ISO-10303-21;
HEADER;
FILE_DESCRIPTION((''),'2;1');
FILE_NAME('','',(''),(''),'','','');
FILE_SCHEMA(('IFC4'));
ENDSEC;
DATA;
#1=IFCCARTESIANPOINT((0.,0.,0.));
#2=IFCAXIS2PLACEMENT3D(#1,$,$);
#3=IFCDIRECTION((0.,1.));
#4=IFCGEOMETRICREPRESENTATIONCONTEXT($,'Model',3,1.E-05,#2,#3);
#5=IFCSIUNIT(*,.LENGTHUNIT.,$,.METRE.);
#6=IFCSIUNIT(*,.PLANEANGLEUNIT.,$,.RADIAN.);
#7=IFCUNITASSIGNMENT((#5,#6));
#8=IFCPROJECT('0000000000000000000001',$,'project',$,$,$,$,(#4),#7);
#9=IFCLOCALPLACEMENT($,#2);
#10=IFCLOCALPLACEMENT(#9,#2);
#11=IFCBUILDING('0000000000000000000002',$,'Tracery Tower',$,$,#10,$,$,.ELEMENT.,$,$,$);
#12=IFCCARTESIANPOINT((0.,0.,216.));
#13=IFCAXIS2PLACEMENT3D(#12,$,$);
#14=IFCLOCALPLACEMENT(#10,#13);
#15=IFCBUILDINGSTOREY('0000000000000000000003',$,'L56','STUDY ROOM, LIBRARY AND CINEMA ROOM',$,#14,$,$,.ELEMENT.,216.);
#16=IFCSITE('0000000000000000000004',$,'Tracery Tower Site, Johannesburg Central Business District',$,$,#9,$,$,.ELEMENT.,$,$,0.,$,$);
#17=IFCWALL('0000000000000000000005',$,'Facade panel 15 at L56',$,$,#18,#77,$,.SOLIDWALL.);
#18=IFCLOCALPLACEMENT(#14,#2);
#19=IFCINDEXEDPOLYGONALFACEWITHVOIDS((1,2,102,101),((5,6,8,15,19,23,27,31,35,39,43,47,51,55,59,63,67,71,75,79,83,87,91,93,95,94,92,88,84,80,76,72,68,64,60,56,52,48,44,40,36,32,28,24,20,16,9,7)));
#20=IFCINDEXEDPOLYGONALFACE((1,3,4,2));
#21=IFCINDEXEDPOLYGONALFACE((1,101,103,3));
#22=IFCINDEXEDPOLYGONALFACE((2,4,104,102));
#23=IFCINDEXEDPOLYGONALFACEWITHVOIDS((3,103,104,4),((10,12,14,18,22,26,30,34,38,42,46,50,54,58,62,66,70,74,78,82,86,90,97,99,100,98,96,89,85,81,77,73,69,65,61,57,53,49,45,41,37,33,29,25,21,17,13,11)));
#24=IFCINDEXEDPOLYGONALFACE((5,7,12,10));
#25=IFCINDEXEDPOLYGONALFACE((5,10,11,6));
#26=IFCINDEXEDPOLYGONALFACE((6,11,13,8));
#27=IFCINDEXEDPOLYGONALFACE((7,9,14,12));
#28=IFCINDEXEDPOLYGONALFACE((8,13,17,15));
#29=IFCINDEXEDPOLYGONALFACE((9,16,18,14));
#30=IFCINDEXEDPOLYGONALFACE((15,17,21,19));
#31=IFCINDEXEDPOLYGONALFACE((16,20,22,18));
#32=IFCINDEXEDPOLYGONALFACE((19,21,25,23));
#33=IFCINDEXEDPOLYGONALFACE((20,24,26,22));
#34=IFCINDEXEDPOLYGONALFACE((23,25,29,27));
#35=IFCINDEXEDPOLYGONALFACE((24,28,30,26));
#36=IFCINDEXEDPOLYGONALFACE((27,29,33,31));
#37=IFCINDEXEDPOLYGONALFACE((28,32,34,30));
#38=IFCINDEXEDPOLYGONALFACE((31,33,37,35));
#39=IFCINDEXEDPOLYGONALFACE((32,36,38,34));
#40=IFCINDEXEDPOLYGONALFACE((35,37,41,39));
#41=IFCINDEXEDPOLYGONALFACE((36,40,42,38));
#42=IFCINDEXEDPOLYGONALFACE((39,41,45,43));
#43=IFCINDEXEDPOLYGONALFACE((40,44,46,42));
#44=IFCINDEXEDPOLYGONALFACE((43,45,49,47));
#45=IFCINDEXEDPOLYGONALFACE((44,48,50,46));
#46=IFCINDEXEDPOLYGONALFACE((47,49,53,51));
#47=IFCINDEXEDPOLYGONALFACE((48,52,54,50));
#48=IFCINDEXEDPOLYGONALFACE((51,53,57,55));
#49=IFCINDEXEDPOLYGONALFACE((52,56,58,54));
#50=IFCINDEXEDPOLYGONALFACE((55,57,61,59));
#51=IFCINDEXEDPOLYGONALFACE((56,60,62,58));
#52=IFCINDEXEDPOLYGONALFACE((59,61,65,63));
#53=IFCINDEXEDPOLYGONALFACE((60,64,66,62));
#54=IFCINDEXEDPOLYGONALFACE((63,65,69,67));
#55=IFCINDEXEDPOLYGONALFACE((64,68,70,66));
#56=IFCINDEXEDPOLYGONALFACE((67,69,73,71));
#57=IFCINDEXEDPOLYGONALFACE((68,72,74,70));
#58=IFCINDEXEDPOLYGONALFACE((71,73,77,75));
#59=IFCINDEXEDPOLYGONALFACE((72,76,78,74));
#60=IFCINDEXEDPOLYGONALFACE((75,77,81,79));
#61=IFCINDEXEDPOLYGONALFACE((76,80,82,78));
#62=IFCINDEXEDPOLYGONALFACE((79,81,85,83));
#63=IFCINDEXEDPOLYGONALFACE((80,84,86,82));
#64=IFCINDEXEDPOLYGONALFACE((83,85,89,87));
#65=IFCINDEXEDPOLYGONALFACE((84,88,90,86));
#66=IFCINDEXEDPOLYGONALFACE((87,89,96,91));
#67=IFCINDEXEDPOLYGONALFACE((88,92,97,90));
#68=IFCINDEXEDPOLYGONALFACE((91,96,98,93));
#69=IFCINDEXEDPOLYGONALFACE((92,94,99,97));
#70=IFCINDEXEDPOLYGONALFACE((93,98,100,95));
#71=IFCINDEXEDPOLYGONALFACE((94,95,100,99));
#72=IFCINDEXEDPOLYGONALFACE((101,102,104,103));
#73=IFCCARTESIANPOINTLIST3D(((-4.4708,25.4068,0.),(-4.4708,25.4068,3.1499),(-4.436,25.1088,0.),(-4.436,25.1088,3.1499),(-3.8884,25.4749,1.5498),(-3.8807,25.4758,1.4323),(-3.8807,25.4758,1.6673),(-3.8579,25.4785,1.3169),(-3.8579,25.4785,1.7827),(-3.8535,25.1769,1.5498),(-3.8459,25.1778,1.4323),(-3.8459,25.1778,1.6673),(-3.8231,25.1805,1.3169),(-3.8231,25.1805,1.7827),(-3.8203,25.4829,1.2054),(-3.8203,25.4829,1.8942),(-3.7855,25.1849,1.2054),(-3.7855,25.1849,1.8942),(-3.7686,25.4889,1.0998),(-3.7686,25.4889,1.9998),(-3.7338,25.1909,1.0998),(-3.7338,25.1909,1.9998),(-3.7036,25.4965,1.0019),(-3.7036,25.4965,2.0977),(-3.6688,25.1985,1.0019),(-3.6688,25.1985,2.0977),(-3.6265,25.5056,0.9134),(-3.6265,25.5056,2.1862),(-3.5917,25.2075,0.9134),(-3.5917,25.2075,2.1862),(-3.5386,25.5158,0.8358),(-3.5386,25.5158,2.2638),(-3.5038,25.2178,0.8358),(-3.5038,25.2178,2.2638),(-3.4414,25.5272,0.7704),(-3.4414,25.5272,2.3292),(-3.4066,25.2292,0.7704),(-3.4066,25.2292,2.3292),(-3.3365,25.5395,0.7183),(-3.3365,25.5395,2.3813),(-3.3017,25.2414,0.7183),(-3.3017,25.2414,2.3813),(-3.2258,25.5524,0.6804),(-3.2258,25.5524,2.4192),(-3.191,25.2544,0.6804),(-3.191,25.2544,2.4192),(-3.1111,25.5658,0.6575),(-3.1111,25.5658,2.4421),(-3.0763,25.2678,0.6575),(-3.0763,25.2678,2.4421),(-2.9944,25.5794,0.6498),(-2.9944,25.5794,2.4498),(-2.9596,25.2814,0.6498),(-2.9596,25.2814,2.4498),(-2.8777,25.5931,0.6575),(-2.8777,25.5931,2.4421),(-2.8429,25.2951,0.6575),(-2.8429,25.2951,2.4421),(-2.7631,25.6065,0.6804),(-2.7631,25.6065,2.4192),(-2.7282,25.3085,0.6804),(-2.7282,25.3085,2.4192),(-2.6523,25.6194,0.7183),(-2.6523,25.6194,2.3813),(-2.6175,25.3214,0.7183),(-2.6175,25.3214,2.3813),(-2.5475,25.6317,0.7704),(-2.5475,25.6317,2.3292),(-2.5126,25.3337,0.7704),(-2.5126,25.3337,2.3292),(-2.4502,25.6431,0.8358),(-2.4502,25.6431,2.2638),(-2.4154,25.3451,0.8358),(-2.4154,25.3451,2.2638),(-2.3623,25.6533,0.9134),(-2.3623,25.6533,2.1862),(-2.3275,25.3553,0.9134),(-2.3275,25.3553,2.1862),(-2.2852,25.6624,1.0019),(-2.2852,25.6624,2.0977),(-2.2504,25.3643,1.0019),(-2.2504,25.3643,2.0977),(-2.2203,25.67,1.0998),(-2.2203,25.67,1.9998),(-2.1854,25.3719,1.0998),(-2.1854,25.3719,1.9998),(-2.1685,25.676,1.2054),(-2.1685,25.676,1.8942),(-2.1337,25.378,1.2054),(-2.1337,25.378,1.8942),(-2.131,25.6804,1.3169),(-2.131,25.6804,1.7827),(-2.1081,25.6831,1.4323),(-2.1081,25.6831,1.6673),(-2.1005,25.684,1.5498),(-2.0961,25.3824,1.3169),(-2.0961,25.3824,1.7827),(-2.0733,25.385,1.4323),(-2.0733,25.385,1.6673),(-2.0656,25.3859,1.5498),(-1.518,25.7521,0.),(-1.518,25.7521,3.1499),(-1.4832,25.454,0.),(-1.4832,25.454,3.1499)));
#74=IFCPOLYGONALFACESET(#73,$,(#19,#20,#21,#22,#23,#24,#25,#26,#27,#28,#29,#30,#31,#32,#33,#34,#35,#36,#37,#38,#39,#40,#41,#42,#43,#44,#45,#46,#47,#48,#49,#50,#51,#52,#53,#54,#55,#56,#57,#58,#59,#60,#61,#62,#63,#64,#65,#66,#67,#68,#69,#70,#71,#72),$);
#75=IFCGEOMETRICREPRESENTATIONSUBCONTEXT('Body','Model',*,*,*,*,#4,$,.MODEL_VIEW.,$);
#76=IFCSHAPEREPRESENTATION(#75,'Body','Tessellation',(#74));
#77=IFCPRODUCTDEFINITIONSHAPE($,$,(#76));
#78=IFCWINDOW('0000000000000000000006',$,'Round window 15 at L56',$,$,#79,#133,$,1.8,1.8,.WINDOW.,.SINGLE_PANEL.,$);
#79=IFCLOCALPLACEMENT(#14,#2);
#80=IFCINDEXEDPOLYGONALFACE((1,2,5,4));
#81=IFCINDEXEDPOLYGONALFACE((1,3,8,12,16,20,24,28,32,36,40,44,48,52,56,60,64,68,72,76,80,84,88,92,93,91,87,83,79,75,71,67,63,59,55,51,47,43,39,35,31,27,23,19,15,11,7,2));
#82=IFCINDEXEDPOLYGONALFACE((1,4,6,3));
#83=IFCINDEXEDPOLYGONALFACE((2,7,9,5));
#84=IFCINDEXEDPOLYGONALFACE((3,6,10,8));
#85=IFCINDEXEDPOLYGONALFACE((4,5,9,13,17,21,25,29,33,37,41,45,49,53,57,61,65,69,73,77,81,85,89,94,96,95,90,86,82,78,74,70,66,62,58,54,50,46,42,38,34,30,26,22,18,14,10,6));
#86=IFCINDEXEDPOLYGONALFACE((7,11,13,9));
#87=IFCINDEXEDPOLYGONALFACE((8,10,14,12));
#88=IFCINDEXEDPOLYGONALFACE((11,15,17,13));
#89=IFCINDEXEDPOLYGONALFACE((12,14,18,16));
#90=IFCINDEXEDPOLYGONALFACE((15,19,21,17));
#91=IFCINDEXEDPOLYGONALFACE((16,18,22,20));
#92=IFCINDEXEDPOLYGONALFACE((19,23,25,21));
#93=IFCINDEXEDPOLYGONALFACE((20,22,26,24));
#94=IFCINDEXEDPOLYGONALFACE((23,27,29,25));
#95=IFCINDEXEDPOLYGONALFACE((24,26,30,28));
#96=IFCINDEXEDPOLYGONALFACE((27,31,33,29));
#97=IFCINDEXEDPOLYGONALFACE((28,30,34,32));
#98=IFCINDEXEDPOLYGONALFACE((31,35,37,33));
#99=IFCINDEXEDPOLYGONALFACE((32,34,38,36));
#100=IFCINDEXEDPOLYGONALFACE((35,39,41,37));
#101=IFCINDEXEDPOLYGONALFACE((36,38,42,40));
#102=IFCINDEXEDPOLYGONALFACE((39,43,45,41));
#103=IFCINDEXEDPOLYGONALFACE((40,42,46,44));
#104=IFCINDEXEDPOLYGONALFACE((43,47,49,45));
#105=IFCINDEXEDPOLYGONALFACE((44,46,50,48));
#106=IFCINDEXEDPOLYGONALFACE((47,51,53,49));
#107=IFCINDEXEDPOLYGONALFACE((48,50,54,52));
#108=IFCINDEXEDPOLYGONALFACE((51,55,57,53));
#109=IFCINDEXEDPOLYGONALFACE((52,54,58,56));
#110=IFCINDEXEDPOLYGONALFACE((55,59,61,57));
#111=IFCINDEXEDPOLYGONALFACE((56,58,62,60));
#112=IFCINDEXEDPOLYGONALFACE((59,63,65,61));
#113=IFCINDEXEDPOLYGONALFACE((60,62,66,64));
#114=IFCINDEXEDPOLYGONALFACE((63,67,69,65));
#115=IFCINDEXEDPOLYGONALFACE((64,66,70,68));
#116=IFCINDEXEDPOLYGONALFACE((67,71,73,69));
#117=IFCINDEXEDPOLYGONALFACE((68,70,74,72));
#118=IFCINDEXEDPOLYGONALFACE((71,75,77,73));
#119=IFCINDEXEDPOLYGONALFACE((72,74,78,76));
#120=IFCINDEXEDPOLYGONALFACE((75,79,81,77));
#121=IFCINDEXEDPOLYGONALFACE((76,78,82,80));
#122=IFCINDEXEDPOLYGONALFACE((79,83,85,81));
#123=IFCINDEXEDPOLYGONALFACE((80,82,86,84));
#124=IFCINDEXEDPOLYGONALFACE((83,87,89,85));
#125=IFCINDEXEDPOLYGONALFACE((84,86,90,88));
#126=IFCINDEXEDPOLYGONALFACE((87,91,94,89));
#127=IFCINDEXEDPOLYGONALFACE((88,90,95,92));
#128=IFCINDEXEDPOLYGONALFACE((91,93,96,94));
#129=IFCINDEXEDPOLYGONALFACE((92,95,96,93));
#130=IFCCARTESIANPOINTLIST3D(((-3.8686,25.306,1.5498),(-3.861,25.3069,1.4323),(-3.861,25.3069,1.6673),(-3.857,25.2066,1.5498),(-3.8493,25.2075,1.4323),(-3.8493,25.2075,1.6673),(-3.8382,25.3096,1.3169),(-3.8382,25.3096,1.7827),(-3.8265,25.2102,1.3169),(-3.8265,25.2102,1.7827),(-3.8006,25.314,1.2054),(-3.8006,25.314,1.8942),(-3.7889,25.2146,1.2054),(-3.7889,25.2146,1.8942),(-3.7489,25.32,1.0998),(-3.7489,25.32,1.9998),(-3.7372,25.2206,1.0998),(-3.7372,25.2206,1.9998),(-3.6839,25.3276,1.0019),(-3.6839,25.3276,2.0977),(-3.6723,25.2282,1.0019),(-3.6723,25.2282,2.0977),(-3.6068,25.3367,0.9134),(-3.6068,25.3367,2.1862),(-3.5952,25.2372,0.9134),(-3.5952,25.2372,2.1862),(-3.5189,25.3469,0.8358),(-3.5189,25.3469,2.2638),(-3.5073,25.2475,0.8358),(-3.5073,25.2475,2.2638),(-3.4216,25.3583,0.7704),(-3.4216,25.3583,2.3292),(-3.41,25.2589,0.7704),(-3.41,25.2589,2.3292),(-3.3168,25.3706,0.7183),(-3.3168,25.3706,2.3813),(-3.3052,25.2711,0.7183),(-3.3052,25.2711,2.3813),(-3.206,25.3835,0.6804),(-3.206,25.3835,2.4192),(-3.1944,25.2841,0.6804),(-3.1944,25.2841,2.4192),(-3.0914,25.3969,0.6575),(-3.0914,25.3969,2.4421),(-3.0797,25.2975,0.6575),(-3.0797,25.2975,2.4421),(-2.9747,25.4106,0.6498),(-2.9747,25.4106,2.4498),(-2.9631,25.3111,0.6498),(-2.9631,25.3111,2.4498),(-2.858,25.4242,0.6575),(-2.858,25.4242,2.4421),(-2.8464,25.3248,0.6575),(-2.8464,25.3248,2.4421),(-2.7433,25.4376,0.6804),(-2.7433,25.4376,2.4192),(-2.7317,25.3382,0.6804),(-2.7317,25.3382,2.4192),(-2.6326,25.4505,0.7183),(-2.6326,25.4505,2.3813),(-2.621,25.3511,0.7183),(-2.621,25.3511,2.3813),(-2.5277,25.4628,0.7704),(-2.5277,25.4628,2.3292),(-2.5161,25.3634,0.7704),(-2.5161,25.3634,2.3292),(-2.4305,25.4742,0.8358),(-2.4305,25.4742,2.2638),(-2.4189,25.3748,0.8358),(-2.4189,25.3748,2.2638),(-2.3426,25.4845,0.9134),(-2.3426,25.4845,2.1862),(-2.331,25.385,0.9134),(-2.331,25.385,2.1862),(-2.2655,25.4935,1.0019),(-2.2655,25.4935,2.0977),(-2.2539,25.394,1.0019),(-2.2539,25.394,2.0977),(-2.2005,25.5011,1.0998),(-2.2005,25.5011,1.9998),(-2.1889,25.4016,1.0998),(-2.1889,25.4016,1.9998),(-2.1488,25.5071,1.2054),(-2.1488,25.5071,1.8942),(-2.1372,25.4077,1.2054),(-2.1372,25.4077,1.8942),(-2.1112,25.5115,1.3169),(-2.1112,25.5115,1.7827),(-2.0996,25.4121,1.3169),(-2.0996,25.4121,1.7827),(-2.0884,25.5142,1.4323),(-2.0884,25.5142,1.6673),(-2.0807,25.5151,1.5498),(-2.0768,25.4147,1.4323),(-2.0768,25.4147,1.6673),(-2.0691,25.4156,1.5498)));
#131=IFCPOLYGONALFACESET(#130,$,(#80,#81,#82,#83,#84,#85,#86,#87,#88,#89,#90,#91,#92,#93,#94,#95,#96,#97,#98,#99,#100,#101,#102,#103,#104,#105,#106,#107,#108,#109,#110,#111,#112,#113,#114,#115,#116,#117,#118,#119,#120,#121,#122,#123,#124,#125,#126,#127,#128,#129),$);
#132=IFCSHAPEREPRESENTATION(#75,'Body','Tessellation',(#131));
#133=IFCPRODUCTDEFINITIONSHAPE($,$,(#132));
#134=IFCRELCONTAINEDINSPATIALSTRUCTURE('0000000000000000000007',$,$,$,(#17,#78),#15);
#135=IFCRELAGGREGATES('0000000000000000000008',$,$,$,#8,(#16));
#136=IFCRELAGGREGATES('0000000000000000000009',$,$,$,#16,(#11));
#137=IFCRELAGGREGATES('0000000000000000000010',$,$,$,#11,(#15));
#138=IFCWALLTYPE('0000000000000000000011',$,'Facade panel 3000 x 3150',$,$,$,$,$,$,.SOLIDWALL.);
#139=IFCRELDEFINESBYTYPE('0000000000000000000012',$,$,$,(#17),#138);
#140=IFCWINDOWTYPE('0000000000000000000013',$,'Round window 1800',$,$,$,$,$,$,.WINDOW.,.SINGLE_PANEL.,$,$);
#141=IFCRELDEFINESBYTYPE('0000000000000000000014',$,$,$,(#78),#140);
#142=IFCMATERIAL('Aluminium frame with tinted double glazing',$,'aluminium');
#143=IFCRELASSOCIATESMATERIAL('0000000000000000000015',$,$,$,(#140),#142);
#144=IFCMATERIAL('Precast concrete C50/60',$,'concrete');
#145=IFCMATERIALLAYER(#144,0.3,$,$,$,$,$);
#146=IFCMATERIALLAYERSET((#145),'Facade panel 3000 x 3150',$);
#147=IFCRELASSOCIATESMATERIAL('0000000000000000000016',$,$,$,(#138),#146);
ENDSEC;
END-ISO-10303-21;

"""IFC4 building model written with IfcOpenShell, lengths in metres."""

from ifc_helpers import new_model, si_unit, direction, frame, frame_2d, origin, origin_2d, place, context, subcontext, project, spatial, rectangle, circle, extrude, material, layer, layer_set, type_object, element, fill, save


model = new_model("IFC4")

# Units and contexts
model_context = context("Model", 3, precision=1e-05, world=origin(), true_north=direction((0.0, 1.0)))
body_context = subcontext(model_context, "Body", "Model", "MODEL_VIEW")
ifc_project = project(units=[si_unit("LENGTHUNIT", "METRE"), si_unit("PLANEANGLEUNIT", "RADIAN")], contexts=[model_context])

# Site, building, storey
site_placement = place(None, origin())
site = spatial("IfcSite", under=ifc_project, at=site_placement, Name="Tracery Tower Site, Johannesburg Central Business District", CompositionType="ELEMENT", RefElevation=0.0)
building_placement = place(site_placement, origin())
building = spatial("IfcBuilding", under=site, at=building_placement, Name="Tracery Tower", CompositionType="ELEMENT")
storey_placement = place(building_placement, frame((0.0, 0.0, 216.0)))
storey = spatial("IfcBuildingStorey", under=building, at=storey_placement, Name="L56", Description="STUDY ROOM, LIBRARY AND CINEMA ROOM", CompositionType="ELEMENT", Elevation=216.0)

# Wall, opening, window
ifc_material_1 = material(Name="Aluminium frame with tinted double glazing", Category="aluminium")
window_type = type_object("IfcWindowType", Name="Round window 1800", PartitioningType="SINGLE_PANEL", PredefinedType="WINDOW", material=ifc_material_1)
ifc_material_2 = material(Name="Precast concrete C50/60", Category="concrete")
ifc_layer_1 = layer(ifc_material_2, 0.3)
ifc_layer_set_1 = layer_set([ifc_layer_1], Name="Facade panel 3000 x 3150")
wall_type_1 = type_object("IfcWallType", Name="Facade panel 3000 x 3150", PredefinedType="SOLIDWALL", material=ifc_layer_set_1)
wall_1_placement = place(storey_placement, frame((-1.5007, 25.603, 0.0), z_axis=(0.0, 0.0, 1.0), x_axis=(-0.993236, -0.116117, 0.0)))
wall_1 = element("IfcWall", 1, at=wall_1_placement, inside=storey, type_object=wall_type_1, Name="Facade panel 15 at L56", PredefinedType="SOLIDWALL", context=body_context, shape_type="SweptSolid", body=[
    extrude(rectangle(XDim=2.9729, YDim=0.3, at=frame_2d((1.4863, 0.0))), origin(), (0.0, 0.0, 1.0), 3.1499),
])
opening_1_placement = place(wall_1_placement, frame((1.4863, 0.0, 1.5498)))
opening_1 = element("IfcOpeningElement", 2, at=opening_1_placement, cuts=wall_1, PredefinedType="OPENING", context=body_context, shape_type="SweptSolid", body=[
    extrude(circle(Radius=0.9, at=origin_2d()), frame((0.0, 0.1599, 0.0), z_axis=(0.0, -1.0, 0.0), x_axis=(1.0, 0.0, 0.0)), (0.0, 0.0, 1.0), 0.3201),
])
window_1_placement = place(opening_1_placement, origin())
window_1 = element("IfcWindow", 3, at=window_1_placement, inside=storey, type_object=window_type, Name="Round window 15 at L56", OverallHeight=1.8, OverallWidth=1.8, PartitioningType="SINGLE_PANEL", PredefinedType="WINDOW", context=body_context, shape_type="SweptSolid", body=[
    extrude(circle(Radius=0.9, at=origin_2d()), frame((0.0, 0.1201, 0.0), z_axis=(0.0, -1.0, 0.0), x_axis=(1.0, 0.0, 0.0)), (0.0, 0.0, 1.0), 0.1001),
])
fill(opening_1, window_1)

save(model, "model.ifc")
